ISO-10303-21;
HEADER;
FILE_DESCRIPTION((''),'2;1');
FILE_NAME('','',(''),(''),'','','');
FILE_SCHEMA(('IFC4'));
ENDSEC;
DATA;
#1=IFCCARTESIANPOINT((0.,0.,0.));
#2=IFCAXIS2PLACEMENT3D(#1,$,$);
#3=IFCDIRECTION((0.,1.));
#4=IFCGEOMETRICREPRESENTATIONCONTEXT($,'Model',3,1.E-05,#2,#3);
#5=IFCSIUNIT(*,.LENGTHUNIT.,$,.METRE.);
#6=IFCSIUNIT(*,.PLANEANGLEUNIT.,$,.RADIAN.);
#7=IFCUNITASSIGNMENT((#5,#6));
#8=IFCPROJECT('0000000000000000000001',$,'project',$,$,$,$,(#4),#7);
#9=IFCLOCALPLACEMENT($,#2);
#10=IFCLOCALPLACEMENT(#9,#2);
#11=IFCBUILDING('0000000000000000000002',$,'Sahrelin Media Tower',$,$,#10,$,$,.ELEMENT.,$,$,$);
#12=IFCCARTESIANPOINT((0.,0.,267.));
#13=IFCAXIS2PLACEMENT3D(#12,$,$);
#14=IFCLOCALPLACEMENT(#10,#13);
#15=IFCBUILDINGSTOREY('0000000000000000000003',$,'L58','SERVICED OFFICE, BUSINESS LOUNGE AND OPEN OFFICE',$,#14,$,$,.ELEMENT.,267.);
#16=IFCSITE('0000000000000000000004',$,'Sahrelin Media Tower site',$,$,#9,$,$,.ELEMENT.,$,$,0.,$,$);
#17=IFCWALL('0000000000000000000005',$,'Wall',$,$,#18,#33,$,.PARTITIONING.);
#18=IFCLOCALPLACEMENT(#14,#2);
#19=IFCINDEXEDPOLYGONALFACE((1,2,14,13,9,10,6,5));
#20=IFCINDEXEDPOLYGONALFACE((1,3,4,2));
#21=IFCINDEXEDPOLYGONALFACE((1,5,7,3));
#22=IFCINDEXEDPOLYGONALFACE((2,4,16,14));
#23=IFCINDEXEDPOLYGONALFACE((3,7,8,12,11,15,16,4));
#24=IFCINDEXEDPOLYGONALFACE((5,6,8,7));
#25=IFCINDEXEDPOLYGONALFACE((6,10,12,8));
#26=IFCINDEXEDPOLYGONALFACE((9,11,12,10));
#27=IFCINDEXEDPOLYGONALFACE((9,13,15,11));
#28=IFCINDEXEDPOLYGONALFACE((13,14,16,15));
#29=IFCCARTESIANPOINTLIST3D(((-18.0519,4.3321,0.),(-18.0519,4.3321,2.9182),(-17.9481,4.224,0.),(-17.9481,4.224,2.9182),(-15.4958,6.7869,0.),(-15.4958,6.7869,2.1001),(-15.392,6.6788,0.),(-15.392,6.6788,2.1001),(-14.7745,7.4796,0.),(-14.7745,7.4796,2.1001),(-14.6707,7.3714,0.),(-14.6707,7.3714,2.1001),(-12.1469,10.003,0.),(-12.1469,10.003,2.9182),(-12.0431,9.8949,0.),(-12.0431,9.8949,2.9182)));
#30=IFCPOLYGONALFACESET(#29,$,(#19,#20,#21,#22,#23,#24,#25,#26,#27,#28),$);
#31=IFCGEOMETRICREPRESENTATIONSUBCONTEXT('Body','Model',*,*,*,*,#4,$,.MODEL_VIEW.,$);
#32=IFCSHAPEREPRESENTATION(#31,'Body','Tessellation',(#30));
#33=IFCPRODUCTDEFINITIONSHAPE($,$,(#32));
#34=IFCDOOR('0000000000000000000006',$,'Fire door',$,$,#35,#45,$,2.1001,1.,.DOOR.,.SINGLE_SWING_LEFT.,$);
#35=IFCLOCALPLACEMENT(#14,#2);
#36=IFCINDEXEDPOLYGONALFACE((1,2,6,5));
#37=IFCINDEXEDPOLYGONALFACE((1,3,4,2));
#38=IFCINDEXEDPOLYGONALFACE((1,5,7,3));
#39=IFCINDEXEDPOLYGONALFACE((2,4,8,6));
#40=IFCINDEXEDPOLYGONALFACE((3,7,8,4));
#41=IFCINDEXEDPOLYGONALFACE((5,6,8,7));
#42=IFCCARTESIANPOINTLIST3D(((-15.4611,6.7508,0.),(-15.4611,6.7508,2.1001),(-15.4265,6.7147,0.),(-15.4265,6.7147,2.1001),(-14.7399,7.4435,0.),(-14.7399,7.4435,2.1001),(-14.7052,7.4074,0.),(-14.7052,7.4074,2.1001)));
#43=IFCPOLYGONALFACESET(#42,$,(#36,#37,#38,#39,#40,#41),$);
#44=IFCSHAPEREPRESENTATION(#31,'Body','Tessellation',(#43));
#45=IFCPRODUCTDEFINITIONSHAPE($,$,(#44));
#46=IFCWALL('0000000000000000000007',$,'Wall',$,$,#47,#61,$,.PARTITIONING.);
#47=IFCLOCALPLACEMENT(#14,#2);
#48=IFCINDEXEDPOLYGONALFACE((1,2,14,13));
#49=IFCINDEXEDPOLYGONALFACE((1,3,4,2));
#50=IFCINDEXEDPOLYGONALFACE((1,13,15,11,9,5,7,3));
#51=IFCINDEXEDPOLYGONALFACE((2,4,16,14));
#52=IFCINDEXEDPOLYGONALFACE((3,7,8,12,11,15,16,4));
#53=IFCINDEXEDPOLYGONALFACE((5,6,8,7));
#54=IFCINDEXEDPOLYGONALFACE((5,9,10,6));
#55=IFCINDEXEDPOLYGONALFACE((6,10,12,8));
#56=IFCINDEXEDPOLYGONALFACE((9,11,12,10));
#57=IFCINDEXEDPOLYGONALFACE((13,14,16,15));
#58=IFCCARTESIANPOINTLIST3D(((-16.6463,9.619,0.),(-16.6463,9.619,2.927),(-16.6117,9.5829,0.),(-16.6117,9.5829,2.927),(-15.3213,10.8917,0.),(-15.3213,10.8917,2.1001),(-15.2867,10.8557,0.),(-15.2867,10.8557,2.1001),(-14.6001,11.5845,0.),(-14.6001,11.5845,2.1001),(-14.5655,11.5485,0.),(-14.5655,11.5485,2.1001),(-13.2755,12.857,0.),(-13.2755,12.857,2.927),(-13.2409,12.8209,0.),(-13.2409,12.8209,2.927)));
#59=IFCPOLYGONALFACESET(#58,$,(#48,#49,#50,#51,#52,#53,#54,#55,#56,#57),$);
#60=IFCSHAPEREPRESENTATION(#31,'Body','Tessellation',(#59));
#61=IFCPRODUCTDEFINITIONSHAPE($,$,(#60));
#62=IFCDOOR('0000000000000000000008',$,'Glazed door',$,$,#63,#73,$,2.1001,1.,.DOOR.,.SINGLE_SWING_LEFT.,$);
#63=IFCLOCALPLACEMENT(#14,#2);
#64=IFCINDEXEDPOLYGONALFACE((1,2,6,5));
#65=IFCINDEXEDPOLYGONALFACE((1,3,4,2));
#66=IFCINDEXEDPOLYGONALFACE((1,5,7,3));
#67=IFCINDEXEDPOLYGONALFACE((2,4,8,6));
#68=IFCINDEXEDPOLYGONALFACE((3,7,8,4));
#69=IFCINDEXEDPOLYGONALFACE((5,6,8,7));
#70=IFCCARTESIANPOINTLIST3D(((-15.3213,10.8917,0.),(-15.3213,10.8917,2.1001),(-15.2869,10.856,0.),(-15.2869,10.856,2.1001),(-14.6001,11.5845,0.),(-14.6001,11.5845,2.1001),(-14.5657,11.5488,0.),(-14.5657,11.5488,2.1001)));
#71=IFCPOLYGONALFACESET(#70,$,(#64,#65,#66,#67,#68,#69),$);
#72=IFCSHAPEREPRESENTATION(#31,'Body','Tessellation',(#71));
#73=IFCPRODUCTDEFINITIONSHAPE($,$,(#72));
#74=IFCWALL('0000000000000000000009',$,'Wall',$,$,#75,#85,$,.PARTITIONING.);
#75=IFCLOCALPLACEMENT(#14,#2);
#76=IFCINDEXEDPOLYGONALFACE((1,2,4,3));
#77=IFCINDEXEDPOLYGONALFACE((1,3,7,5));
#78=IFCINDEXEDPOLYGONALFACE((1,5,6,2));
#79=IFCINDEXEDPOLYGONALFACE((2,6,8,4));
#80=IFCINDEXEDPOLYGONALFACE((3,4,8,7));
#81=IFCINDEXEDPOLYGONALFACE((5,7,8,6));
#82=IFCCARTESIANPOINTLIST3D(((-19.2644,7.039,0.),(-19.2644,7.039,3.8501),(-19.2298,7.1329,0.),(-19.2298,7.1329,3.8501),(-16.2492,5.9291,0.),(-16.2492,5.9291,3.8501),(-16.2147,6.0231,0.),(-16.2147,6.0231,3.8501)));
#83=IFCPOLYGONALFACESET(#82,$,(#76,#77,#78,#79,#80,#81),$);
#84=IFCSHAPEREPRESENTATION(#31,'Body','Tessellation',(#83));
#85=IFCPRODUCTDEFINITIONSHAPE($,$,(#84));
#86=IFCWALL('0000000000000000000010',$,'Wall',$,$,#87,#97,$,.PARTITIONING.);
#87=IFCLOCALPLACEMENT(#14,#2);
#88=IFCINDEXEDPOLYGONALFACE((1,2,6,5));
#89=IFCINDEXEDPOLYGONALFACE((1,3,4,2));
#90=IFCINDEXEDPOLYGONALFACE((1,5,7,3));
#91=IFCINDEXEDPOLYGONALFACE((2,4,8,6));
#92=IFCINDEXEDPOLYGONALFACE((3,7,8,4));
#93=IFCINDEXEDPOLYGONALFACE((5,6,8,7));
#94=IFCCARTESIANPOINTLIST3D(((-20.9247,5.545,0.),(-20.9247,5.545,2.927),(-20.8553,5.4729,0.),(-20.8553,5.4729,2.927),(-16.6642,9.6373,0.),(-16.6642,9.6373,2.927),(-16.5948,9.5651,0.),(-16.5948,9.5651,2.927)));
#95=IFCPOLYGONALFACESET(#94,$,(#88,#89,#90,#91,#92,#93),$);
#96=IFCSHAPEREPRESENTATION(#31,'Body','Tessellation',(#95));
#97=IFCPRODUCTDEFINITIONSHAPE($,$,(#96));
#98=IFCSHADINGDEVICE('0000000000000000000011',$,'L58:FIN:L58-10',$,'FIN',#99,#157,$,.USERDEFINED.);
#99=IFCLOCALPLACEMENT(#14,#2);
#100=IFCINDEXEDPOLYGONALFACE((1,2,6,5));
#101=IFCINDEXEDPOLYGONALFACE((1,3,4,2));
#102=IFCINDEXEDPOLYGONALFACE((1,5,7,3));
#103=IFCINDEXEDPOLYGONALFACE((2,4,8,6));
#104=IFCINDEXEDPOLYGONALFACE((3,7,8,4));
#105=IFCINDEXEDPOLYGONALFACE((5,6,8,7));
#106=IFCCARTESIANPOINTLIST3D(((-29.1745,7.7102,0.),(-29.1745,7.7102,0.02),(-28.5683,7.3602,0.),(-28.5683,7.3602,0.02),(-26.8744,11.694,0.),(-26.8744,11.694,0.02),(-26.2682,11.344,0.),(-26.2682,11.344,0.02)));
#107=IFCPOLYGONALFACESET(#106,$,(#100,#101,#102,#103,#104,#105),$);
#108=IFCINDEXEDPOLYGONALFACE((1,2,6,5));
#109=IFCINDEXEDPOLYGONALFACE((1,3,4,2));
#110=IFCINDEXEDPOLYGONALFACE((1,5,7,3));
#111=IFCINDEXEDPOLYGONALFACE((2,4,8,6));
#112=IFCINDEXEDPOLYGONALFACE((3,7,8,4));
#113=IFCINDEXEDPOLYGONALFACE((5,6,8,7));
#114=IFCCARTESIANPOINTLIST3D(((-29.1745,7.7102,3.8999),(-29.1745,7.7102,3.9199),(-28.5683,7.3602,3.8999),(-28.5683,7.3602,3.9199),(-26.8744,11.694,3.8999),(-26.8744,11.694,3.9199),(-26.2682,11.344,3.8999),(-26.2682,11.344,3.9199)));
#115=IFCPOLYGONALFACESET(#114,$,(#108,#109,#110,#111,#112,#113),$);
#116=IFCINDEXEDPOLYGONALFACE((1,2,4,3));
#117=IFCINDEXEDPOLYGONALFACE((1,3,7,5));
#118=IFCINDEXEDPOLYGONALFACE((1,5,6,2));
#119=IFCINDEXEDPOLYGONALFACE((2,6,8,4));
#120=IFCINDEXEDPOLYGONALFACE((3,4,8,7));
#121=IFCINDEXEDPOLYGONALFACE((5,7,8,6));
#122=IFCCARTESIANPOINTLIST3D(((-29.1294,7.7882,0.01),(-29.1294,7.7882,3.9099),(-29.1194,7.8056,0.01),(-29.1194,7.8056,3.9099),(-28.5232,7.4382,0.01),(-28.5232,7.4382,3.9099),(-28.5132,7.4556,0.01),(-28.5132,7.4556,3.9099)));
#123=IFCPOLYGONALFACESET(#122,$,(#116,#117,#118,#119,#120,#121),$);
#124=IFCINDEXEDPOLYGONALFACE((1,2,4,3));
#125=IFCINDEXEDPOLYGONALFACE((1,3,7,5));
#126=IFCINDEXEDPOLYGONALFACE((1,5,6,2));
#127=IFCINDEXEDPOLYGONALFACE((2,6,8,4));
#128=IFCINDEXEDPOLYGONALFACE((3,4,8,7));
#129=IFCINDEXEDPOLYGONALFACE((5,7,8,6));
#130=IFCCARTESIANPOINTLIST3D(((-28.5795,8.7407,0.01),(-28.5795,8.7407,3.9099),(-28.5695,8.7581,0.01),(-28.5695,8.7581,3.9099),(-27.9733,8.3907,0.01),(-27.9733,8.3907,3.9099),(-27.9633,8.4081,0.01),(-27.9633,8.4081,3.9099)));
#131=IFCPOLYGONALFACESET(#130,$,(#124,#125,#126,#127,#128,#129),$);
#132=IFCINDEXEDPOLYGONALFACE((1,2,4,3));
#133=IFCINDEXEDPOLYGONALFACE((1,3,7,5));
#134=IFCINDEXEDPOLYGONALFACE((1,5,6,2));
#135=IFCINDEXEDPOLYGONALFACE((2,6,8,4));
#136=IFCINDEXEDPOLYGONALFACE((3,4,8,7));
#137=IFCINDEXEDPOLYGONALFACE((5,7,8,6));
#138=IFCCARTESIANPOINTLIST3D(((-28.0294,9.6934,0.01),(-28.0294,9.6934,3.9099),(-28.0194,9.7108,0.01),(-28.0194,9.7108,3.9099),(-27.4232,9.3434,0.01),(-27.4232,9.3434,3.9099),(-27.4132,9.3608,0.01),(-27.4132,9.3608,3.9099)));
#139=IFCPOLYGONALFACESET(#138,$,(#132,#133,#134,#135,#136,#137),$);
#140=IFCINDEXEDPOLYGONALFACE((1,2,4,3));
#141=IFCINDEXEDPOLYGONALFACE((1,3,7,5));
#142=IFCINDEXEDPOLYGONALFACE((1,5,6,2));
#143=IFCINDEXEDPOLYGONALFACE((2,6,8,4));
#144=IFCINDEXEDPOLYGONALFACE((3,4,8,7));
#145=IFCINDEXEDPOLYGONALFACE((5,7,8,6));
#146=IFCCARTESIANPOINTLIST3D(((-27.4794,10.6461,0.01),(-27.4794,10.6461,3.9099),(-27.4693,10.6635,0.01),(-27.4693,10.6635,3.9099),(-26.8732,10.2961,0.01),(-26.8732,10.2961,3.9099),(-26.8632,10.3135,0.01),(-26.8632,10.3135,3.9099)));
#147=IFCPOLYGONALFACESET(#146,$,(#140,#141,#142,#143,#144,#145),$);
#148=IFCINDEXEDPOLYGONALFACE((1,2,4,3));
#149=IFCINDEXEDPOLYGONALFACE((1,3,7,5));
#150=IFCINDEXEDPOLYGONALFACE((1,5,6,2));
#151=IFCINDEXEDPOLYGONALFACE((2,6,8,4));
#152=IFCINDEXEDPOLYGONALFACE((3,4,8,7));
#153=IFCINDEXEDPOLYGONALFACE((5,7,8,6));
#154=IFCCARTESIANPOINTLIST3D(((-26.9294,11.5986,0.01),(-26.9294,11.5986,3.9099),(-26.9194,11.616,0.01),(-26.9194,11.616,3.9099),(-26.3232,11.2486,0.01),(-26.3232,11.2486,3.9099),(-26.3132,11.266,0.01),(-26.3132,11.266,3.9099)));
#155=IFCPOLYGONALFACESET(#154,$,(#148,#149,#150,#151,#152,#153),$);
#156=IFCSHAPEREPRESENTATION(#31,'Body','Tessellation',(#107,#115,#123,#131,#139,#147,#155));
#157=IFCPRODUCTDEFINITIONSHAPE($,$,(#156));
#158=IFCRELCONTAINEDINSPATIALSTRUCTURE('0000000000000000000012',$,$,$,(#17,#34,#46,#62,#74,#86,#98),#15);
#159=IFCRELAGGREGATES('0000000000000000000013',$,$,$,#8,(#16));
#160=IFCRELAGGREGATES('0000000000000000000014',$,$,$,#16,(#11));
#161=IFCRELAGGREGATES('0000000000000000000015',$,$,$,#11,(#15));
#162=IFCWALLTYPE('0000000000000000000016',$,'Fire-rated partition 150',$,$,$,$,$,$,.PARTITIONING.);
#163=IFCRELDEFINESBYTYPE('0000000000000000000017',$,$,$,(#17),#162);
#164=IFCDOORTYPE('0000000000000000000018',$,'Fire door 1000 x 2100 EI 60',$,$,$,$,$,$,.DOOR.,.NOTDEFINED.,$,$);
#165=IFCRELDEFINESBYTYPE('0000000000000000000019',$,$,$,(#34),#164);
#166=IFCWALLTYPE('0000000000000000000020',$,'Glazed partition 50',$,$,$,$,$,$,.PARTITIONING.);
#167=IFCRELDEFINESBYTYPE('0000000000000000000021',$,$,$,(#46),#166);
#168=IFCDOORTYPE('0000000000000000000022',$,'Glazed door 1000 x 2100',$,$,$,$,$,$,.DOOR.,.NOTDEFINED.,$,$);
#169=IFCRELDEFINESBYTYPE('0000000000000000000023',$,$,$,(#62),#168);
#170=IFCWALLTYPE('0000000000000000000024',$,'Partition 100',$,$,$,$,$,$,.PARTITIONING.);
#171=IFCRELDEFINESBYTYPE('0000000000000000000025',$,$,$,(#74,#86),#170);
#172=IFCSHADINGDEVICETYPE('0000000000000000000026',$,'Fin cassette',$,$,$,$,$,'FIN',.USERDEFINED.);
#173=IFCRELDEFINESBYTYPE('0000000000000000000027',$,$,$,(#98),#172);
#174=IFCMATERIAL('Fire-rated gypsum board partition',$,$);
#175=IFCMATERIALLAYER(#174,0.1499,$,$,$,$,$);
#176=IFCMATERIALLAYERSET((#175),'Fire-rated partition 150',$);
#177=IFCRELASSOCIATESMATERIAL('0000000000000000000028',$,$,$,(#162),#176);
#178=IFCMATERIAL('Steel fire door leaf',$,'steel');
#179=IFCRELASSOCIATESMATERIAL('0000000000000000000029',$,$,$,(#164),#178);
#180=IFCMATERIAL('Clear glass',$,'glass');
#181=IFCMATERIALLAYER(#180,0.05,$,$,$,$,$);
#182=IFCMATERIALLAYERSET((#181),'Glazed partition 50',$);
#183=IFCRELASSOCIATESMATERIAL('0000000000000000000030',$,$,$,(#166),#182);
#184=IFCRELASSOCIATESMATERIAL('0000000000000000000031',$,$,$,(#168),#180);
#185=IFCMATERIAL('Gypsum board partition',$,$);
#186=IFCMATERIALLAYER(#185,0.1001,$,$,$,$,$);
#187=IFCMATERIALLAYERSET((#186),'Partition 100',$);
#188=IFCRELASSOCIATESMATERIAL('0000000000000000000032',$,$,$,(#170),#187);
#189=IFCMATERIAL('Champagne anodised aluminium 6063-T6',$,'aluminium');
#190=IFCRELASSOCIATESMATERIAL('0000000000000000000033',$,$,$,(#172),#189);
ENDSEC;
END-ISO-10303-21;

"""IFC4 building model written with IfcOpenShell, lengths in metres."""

from ifc_helpers import new_model, si_unit, direction, frame, frame_2d, origin, origin_2d, place, context, subcontext, project, spatial, rectangle, extrude, material, layer, layer_set, type_object, element, fill, save


model = new_model("IFC4")

# Units and contexts
model_context = context("Model", 3, precision=1e-05, world=origin(), true_north=direction((0.0, 1.0)))
body_context = subcontext(model_context, "Body", "Model", "MODEL_VIEW")
ifc_project = project(units=[si_unit("LENGTHUNIT", "METRE"), si_unit("PLANEANGLEUNIT", "RADIAN")], contexts=[model_context])

# Site, building, storey
site_placement = place(None, origin())
site = spatial("IfcSite", under=ifc_project, at=site_placement, Name="Sahrelin Media Tower site", CompositionType="ELEMENT", RefElevation=0.0)
building_placement = place(site_placement, origin())
building = spatial("IfcBuilding", under=site, at=building_placement, Name="Sahrelin Media Tower", CompositionType="ELEMENT")
storey_placement = place(building_placement, frame((0.0, 0.0, 267.0)))
storey = spatial("IfcBuildingStorey", under=building, at=storey_placement, Name="L58", Description="SERVICED OFFICE, BUSINESS LOUNGE AND OPEN OFFICE", CompositionType="ELEMENT", Elevation=267.0)

# Shared definitions
ifc_material_1 = material(Name="Champagne anodised aluminium 6063-T6", Category="aluminium")

# Shared definitions
ifc_material_2 = material(Name="Fire-rated gypsum board partition")
ifc_layer_1 = layer(ifc_material_2, 0.1499)
ifc_layer_set_1 = layer_set([ifc_layer_1], Name="Fire-rated partition 150")
wall_type_1 = type_object("IfcWallType", Name="Fire-rated partition 150", PredefinedType="PARTITIONING", material=ifc_layer_set_1)

# Walls, openings, doors
wall_1_placement = place(storey_placement, frame((-18.0, 4.2781, 0.0), z_axis=(0.0, 0.0, 1.0), x_axis=(0.721261, 0.692663, 0.0)))
wall_1 = element("IfcWall", 1, at=wall_1_placement, inside=storey, type_object=wall_type_1, Name="Wall", PredefinedType="PARTITIONING", context=body_context, shape_type="SweptSolid", body=[
    extrude(rectangle(XDim=8.187, YDim=0.1499, at=frame_2d((4.0935, 0.0))), origin(), (0.0, 0.0, 1.0), 2.9182),
])
opening_1_placement = place(wall_1_placement, frame((3.5439, 0.0, 0.0)))
opening_1 = element("IfcOpeningElement", 2, at=opening_1_placement, cuts=wall_1, PredefinedType="OPENING", context=body_context, shape_type="SweptSolid", body=[
    extrude(rectangle(XDim=1.0, YDim=2.1001, at=frame_2d((0.5, 1.05))), frame((0.0, 0.075, 0.0), z_axis=(0.0, -1.0, 0.0), x_axis=(1.0, 0.0, 0.0)), (0.0, 0.0, 1.0), 0.1499),
])
ifc_material_3 = material(Name="Steel fire door leaf", Category="steel")
door_type_1 = type_object("IfcDoorType", Name="Fire door 1000 x 2100 EI 60", OperationType="NOTDEFINED", PredefinedType="DOOR", material=ifc_material_3)
door_1_placement = place(opening_1_placement, origin())
door_1 = element("IfcDoor", 3, at=door_1_placement, inside=storey, type_object=door_type_1, Name="Fire door", OperationType="SINGLE_SWING_LEFT", OverallHeight=2.1001, OverallWidth=1.0, PredefinedType="DOOR", context=body_context, shape_type="SweptSolid", body=[
    extrude(rectangle(XDim=1.0, YDim=2.1001, at=frame_2d((0.5, 1.05))), frame((0.0, 0.0249, 0.0), z_axis=(0.0, -1.0, 0.0), x_axis=(1.0, 0.0, 0.0)), (0.0, 0.0, 1.0), 0.05),
])
fill(opening_1, door_1)
ifc_material_4 = material(Name="Clear glass", Category="glass")
ifc_layer_2 = layer(ifc_material_4, 0.05)
ifc_layer_set_2 = layer_set([ifc_layer_2], Name="Glazed partition 50")
wall_type_2 = type_object("IfcWallType", Name="Glazed partition 50", PredefinedType="PARTITIONING", material=ifc_layer_set_2)
wall_2_placement = place(storey_placement, frame((-16.6289, 9.6011, 0.0), z_axis=(0.0, 0.0, 1.0), x_axis=(0.721171, 0.692757, 0.0)))
wall_2 = element("IfcWall", 4, at=wall_2_placement, inside=storey, type_object=wall_type_2, Name="Wall", PredefinedType="PARTITIONING", context=body_context, shape_type="SweptSolid", body=[
    extrude(rectangle(XDim=4.6741, YDim=0.05, at=frame_2d((2.3369, 0.0))), origin(), (0.0, 0.0, 1.0), 2.927),
])
opening_2_placement = place(wall_2_placement, frame((1.8372, 0.0, 0.0)))
opening_2 = element("IfcOpeningElement", 5, at=opening_2_placement, cuts=wall_2, PredefinedType="OPENING", context=body_context, shape_type="SweptSolid", body=[
    extrude(rectangle(XDim=1.0, YDim=2.1001, at=frame_2d((0.5, 1.05))), frame((0.0, 0.0249, 0.0), z_axis=(0.0, -1.0, 0.0), x_axis=(1.0, 0.0, 0.0)), (0.0, 0.0, 1.0), 0.05),
])
door_type_2 = type_object("IfcDoorType", Name="Glazed door 1000 x 2100", OperationType="NOTDEFINED", PredefinedType="DOOR", material=ifc_material_4)
door_2_placement = place(opening_2_placement, origin())
door_2 = element("IfcDoor", 6, at=door_2_placement, inside=storey, type_object=door_type_2, Name="Glazed door", OperationType="SINGLE_SWING_LEFT", OverallHeight=2.1001, OverallWidth=1.0, PredefinedType="DOOR", context=body_context, shape_type="SweptSolid", body=[
    extrude(rectangle(XDim=1.0, YDim=2.1001, at=frame_2d((0.5, 1.05))), frame((0.0, 0.0249, 0.0), z_axis=(0.0, -1.0, 0.0), x_axis=(1.0, 0.0, 0.0)), (0.0, 0.0, 1.0), 0.0496),
])
fill(opening_2, door_2)

# Walls
ifc_material_5 = material(Name="Gypsum board partition")
ifc_layer_3 = layer(ifc_material_5, 0.1001)
ifc_layer_set_3 = layer_set([ifc_layer_3], Name="Partition 100")
wall_type_3 = type_object("IfcWallType", Name="Partition 100", PredefinedType="PARTITIONING", material=ifc_layer_set_3)
wall_3_placement = place(storey_placement, frame((-19.2471, 7.0859, 0.0), z_axis=(0.0, 0.0, 1.0), x_axis=(0.938442, -0.345438, 0.0)))
element("IfcWall", 7, at=wall_3_placement, inside=storey, type_object=wall_type_3, Name="Wall", PredefinedType="PARTITIONING", context=body_context, shape_type="SweptSolid", body=[
    extrude(rectangle(XDim=3.2129, YDim=0.1001, at=frame_2d((1.6064, 0.0))), origin(), (0.0, 0.0, 1.0), 3.8501),
])
wall_4_placement = place(storey_placement, frame((-20.8899, 5.509, 0.0), z_axis=(0.0, 0.0, 1.0), x_axis=(0.721201, 0.692726, 0.0)))
element("IfcWall", 8, at=wall_4_placement, inside=storey, type_object=wall_type_3, Name="Wall", PredefinedType="PARTITIONING", context=body_context, shape_type="SweptSolid", body=[
    extrude(rectangle(XDim=5.9075, YDim=0.1001, at=frame_2d((2.9536, 0.0))), origin(), (0.0, 0.0, 1.0), 2.927),
])

# Shading device
shading_device_type_1 = type_object("IfcShadingDeviceType", Name="Fin cassette", ElementType="FIN", PredefinedType="USERDEFINED", material=ifc_material_1)
placement_1 = place(storey_placement, frame((-27.3577, 9.3171, 0.0), z_axis=(0.0, 0.0, 1.0), x_axis=(0.500011, 0.866019, 0.0)))
element("IfcShadingDevice", 9, at=placement_1, inside=storey, type_object=shading_device_type_1, Name="L58:FIN:L58-10", ObjectType="FIN", PredefinedType="USERDEFINED", context=body_context, shape_type="SweptSolid", body=[
    extrude(rectangle(XDim=4.6001, YDim=0.7, at=origin_2d()), frame((0.0, 0.4199, 0.0)), (0.0, 0.0, 1.0), 0.02),
    extrude(rectangle(XDim=4.6001, YDim=0.7, at=origin_2d()), frame((0.0, 0.4199, 3.8999)), (0.0, 0.0, 1.0), 0.02),
    extrude(rectangle(XDim=0.02, YDim=0.7, at=origin_2d()), frame((-2.2, 0.4199, 0.01), z_axis=(0.0, 0.0, 1.0), x_axis=(1.0, 0.0, 0.0)), (0.0, 0.0, 1.0), 3.8999),
    extrude(rectangle(XDim=0.02, YDim=0.7, at=origin_2d()), frame((-1.1001, 0.4199, 0.01), z_axis=(0.0, 0.0, 1.0), x_axis=(1.0, 0.0, 0.0)), (0.0, 0.0, 1.0), 3.8999),
    extrude(rectangle(XDim=0.02, YDim=0.7, at=origin_2d()), frame((0.0, 0.4199, 0.01), z_axis=(0.0, 0.0, 1.0), x_axis=(1.0, 0.0, 0.0)), (0.0, 0.0, 1.0), 3.8999),
    extrude(rectangle(XDim=0.02, YDim=0.7, at=origin_2d()), frame((1.1001, 0.4199, 0.01), z_axis=(0.0, 0.0, 1.0), x_axis=(1.0, 0.0, 0.0)), (0.0, 0.0, 1.0), 3.8999),
    extrude(rectangle(XDim=0.02, YDim=0.7, at=origin_2d()), frame((2.2, 0.4199, 0.01), z_axis=(0.0, 0.0, 1.0), x_axis=(1.0, 0.0, 0.0)), (0.0, 0.0, 1.0), 3.8999),
])

save(model, "model.ifc")
